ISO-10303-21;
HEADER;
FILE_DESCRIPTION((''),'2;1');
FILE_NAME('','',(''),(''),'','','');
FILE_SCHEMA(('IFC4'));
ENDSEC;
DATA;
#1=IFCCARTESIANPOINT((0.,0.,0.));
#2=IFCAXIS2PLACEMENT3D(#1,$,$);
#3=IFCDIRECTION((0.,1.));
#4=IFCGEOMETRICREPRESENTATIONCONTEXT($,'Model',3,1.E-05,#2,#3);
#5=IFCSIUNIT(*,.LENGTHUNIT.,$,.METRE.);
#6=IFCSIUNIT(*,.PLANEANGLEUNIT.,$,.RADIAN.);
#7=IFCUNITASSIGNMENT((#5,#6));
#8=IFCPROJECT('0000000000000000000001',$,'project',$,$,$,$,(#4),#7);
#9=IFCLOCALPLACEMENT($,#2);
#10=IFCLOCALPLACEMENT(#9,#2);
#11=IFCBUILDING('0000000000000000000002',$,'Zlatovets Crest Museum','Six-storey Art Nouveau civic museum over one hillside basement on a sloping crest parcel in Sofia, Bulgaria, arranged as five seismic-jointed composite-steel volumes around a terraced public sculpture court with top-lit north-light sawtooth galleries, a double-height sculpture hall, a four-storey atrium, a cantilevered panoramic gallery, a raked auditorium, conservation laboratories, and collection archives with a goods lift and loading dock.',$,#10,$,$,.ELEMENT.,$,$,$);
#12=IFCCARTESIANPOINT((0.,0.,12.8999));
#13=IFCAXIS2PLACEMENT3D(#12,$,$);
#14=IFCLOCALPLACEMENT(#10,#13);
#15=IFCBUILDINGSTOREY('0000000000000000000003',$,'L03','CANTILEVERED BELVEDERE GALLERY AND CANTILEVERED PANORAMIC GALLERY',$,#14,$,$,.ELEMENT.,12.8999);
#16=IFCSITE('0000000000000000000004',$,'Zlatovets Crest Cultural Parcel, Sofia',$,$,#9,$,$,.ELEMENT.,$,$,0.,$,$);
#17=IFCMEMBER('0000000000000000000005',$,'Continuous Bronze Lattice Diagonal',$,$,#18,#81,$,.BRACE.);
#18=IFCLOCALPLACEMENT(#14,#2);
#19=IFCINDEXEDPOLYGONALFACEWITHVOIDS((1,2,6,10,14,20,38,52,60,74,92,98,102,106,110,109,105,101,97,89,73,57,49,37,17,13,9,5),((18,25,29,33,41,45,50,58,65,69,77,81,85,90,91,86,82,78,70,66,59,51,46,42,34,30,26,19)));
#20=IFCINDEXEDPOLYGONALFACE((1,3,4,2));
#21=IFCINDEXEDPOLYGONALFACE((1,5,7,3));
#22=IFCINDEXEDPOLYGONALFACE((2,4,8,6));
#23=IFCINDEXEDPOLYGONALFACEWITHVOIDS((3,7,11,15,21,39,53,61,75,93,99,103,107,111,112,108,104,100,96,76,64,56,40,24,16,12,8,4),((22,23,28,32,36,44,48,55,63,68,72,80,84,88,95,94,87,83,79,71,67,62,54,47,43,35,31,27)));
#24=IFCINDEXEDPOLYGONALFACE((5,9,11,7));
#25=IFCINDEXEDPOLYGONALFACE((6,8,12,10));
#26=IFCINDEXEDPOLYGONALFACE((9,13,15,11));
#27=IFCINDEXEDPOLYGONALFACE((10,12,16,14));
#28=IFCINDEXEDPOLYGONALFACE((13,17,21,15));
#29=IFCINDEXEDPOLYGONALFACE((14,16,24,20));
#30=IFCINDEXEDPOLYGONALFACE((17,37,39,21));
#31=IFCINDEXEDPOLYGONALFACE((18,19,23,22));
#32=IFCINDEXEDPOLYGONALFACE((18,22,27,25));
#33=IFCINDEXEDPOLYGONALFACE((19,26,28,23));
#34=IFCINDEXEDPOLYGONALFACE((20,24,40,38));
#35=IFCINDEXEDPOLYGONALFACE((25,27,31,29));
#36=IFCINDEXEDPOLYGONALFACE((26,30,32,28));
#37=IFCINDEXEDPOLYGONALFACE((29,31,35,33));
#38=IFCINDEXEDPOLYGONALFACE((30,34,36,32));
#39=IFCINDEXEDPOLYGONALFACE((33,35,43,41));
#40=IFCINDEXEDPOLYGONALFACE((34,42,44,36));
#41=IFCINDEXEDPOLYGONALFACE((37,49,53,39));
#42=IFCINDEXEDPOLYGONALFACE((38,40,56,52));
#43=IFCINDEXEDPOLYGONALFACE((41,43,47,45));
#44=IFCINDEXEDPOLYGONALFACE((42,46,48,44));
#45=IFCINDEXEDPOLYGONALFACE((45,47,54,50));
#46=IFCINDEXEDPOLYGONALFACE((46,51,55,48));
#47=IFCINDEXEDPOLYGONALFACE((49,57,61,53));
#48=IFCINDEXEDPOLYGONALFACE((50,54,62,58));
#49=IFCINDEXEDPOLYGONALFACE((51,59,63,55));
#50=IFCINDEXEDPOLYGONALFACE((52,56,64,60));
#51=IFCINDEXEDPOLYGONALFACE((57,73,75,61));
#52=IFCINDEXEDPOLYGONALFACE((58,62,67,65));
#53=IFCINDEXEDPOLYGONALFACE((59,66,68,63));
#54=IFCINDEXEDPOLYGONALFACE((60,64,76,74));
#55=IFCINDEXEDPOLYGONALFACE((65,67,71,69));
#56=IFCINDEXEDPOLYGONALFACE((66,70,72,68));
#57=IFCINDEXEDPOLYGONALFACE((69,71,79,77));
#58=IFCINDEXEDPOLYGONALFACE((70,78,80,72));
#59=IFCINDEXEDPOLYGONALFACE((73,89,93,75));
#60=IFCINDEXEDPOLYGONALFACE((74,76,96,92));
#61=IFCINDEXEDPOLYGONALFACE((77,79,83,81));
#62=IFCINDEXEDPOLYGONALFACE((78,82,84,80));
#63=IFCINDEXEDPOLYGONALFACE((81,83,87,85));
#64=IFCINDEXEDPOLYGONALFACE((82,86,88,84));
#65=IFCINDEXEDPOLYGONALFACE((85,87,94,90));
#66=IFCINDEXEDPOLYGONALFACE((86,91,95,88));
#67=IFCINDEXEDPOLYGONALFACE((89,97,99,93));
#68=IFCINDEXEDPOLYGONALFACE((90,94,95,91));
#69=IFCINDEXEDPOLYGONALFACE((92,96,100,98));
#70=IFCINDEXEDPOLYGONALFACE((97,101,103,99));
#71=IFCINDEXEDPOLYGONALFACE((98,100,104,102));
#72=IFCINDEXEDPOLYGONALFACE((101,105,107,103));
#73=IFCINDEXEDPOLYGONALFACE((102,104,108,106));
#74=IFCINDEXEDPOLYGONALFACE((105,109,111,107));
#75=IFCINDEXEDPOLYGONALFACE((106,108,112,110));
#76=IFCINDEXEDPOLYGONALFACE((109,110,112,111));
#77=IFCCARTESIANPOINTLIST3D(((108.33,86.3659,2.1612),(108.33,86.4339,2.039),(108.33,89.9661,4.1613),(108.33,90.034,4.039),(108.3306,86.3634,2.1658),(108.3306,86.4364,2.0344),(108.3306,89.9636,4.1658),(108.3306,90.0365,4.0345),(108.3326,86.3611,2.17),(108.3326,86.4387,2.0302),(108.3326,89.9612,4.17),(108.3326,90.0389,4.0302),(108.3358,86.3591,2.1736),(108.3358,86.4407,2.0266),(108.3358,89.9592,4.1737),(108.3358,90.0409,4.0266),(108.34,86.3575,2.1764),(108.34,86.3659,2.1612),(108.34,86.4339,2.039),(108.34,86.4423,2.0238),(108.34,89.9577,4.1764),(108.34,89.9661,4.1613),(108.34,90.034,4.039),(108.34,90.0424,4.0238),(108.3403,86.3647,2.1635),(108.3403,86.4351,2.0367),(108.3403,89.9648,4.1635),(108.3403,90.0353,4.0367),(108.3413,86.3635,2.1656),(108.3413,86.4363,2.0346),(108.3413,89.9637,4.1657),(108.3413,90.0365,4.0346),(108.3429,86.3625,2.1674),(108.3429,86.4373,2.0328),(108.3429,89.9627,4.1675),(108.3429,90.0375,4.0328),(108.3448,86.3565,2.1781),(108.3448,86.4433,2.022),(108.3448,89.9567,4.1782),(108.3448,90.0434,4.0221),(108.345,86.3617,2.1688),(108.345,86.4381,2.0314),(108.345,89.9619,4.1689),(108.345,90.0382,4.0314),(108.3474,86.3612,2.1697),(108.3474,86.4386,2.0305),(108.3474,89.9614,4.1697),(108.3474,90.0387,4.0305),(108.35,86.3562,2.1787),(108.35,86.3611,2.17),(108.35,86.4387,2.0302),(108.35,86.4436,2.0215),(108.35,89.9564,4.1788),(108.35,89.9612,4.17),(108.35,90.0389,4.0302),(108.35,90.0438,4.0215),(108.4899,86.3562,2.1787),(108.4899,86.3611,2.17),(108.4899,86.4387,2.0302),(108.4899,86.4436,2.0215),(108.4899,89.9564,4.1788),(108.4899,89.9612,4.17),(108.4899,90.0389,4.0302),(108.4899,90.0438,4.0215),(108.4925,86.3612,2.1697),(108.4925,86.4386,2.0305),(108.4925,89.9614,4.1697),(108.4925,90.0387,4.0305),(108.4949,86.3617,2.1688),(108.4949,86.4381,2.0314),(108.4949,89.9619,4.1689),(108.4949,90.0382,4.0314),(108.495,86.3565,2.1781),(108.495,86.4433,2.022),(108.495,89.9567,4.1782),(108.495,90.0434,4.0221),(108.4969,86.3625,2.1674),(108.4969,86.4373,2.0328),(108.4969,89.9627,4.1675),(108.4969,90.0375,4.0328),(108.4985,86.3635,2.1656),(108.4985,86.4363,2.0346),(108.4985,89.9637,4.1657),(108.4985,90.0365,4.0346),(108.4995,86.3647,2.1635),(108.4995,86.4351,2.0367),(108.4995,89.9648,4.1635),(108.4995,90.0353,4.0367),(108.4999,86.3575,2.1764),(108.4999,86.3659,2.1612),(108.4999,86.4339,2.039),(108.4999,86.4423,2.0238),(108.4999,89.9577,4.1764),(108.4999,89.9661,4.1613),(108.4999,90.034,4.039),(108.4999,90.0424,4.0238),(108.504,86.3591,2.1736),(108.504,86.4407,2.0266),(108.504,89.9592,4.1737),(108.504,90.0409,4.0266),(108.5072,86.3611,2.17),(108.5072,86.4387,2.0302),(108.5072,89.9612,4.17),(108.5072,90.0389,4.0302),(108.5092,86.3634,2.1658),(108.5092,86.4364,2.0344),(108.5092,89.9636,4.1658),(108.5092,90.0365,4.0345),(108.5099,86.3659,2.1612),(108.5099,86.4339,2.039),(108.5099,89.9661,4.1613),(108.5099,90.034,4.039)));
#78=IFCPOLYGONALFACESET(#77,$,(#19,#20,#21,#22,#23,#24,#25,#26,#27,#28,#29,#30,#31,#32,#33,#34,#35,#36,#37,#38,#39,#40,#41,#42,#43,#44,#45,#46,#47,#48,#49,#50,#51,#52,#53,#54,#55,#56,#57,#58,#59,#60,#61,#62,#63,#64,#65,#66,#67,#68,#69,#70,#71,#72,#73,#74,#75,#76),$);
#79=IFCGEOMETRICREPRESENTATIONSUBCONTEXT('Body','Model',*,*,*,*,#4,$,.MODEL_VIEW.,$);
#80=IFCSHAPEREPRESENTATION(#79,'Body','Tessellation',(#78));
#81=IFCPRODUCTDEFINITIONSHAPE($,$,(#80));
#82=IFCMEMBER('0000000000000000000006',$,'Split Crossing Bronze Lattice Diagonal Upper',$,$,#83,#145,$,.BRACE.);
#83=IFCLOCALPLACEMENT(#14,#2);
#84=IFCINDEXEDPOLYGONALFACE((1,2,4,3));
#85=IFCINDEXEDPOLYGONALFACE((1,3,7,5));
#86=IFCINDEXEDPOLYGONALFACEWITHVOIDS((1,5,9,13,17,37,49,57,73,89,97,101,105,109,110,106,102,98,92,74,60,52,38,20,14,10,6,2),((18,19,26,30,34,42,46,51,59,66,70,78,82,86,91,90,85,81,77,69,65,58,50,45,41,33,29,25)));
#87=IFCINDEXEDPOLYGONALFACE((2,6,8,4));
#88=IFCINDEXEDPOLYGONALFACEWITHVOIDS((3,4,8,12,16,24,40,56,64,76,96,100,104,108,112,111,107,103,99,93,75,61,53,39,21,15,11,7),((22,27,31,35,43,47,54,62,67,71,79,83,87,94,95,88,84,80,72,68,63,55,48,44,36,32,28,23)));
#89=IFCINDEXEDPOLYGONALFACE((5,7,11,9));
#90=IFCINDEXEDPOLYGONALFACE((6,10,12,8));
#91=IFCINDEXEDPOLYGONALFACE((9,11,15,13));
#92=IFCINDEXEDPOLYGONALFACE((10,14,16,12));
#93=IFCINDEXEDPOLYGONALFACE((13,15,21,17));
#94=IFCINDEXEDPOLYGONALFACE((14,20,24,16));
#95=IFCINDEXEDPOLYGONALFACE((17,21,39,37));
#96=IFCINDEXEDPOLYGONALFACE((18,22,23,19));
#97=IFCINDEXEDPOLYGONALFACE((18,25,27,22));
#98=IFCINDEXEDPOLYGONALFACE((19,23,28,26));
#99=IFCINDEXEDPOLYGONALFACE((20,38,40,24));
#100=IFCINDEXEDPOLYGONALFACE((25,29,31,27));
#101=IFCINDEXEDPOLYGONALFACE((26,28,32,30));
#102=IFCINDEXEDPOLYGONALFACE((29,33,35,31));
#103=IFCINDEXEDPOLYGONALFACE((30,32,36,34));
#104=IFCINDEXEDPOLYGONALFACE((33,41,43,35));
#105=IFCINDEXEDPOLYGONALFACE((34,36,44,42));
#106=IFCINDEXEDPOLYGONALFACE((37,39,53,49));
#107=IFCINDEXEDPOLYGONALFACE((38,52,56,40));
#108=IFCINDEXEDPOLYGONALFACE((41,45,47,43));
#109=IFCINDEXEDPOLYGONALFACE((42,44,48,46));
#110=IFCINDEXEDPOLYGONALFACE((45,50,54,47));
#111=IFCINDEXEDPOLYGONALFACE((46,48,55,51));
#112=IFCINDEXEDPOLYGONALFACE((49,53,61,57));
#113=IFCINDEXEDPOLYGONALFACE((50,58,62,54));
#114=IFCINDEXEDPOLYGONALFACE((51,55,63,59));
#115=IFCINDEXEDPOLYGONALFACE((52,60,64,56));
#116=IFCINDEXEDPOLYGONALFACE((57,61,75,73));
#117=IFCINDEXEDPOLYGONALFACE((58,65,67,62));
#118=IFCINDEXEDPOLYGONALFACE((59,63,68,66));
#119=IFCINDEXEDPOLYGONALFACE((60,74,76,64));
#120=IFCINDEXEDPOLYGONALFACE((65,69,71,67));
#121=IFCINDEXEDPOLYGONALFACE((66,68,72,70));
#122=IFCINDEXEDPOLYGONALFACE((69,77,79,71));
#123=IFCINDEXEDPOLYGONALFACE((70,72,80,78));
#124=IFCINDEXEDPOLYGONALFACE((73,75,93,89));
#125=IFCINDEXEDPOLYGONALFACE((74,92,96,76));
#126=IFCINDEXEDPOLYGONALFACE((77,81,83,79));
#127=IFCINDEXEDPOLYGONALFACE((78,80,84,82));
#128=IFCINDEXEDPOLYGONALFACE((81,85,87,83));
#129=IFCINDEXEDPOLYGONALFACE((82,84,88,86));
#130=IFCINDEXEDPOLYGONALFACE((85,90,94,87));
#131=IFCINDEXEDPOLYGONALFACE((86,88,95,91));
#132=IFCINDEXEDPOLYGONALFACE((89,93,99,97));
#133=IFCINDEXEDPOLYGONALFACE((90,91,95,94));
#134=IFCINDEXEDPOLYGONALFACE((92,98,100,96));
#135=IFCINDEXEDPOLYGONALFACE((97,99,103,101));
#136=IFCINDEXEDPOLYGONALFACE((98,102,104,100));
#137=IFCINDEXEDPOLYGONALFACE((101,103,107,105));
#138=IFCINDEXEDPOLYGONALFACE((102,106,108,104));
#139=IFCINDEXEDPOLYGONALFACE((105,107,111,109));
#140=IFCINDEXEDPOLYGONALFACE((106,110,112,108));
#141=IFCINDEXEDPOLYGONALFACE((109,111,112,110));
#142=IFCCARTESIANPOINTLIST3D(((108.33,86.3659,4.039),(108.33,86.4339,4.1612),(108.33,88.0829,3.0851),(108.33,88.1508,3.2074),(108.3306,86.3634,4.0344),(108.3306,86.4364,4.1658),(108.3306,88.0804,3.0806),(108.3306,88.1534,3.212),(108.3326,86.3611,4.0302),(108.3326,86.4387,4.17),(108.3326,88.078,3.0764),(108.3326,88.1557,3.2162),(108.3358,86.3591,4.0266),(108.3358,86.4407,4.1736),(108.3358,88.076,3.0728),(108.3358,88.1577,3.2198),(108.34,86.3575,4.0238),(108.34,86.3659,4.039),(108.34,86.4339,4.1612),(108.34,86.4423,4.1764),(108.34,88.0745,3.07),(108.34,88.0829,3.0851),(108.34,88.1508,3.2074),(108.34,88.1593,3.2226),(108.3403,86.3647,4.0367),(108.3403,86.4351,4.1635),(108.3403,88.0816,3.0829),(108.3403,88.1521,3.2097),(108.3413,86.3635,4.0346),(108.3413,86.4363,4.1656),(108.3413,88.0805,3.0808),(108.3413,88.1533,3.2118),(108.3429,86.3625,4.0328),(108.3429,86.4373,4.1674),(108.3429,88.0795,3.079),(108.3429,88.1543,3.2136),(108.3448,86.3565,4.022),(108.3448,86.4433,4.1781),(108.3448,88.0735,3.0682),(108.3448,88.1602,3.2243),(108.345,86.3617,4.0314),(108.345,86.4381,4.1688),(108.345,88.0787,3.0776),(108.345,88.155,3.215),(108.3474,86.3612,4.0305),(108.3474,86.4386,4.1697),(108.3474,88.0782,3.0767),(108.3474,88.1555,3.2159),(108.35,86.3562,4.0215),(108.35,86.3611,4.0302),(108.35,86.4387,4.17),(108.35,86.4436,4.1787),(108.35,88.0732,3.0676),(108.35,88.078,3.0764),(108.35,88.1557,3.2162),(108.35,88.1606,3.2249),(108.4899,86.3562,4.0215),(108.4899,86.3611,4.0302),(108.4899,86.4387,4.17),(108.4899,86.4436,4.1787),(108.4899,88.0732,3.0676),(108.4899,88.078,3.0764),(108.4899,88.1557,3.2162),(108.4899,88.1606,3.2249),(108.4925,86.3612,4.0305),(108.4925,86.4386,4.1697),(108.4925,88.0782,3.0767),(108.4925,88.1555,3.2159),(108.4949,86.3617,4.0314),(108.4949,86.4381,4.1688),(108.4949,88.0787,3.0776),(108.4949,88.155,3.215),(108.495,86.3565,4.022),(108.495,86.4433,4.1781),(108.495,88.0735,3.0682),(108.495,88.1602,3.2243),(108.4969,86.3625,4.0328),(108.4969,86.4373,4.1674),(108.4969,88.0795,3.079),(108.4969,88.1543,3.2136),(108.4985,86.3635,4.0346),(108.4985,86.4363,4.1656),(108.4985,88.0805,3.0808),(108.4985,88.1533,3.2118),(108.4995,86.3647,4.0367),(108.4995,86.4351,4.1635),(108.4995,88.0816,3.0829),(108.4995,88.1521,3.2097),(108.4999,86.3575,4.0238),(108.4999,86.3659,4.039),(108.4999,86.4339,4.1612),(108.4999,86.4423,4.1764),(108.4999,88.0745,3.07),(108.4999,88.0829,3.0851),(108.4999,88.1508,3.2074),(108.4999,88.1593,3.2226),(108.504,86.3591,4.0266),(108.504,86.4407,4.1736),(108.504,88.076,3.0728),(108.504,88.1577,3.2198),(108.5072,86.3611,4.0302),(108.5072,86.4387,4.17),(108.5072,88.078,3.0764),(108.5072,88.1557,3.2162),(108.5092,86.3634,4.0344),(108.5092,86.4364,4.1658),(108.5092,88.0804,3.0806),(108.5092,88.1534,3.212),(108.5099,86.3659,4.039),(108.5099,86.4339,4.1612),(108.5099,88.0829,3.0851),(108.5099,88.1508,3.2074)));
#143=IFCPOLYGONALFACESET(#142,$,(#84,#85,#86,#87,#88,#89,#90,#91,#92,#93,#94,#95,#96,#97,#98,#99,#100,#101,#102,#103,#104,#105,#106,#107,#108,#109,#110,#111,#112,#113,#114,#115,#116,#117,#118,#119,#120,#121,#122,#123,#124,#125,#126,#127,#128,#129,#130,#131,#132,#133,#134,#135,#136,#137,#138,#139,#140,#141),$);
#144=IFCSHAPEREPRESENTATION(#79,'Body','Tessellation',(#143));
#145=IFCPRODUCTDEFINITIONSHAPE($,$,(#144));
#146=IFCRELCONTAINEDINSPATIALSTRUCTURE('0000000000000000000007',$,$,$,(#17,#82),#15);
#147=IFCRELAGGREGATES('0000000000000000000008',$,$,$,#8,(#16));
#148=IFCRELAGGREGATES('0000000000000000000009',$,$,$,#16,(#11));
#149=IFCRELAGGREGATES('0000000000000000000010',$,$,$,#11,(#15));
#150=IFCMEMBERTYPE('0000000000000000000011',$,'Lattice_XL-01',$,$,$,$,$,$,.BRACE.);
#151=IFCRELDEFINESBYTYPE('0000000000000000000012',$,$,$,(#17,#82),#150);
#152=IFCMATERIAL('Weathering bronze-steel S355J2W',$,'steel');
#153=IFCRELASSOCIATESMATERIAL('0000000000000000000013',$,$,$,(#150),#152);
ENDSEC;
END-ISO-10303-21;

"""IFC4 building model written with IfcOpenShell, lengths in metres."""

from ifc_helpers import new_model, si_unit, direction, frame, origin, origin_2d, place, context, subcontext, project, spatial, hollow_rectangle, extrude, material, material_profile, profile_set, type_object, element, save


model = new_model("IFC4")

# Units and contexts
model_context = context("Model", 3, precision=1e-05, world=origin(), true_north=direction((0.0, 1.0)))
body_context = subcontext(model_context, "Body", "Model", "MODEL_VIEW")
ifc_project = project(units=[si_unit("LENGTHUNIT", "METRE"), si_unit("PLANEANGLEUNIT", "RADIAN")], contexts=[model_context])

# Site, building, storey
site_placement = place(None, origin())
site = spatial("IfcSite", under=ifc_project, at=site_placement, Name="Zlatovets Crest Cultural Parcel, Sofia", CompositionType="ELEMENT", RefElevation=0.0)
building_placement = place(site_placement, origin())
building = spatial("IfcBuilding", under=site, at=building_placement, Name="Zlatovets Crest Museum", Description="Six-storey Art Nouveau civic museum over one hillside basement on a sloping crest parcel in Sofia, Bulgaria, arranged as five seismic-jointed composite-steel volumes around a terraced public sculpture court with top-lit north-light sawtooth galleries, a double-height sculpture hall, a four-storey atrium, a cantilevered panoramic gallery, a raked auditorium, conservation laboratories, and collection archives with a goods lift and loading dock.", CompositionType="ELEMENT")
storey_placement = place(building_placement, frame((0.0, 0.0, 12.8999)))
storey = spatial("IfcBuildingStorey", under=building, at=storey_placement, Name="L03", Description="CANTILEVERED BELVEDERE GALLERY AND CANTILEVERED PANORAMIC GALLERY", CompositionType="ELEMENT", Elevation=12.8999)

# Members
ifc_material_1 = material(Name="Weathering bronze-steel S355J2W", Category="steel")
ifc_material_profile_1 = material_profile(ifc_material_1, hollow_rectangle(XDim=0.1799, YDim=0.1799, WallThickness=0.01, InnerFilletRadius=0.01, OuterFilletRadius=0.02, at=origin_2d()), Name="SHS 180x180x10.0")
ifc_profile_set_1 = profile_set([ifc_material_profile_1], Name="Weathering bronze-steel S355J2W")
member_type_1 = type_object("IfcMemberType", Name="Lattice_XL-01", PredefinedType="BRACE", material=ifc_profile_set_1)
member_1_placement = place(storey_placement, frame((108.4199, 86.3999, 2.1001), z_axis=(0.0, 0.874163, 0.485633), x_axis=(-1.0, 0.0, 0.0)))
element("IfcMember", 1, at=member_1_placement, inside=storey, type_object=member_type_1, Name="Continuous Bronze Lattice Diagonal", PredefinedType="BRACE", context=body_context, shape_type="SweptSolid", body=[
    extrude(hollow_rectangle(XDim=0.1799, YDim=0.1799, WallThickness=0.01, InnerFilletRadius=0.01, OuterFilletRadius=0.02, at=origin_2d()), origin(), (0.0, 0.0, 1.0), 4.1184),
])
for number, where, z_axis, x_axis, name in (
    (2, (108.4199, 86.3999, 4.1001), (0.0, 0.874169, -0.485622), (-1.0, 0.0, 0.0), "Split Crossing Bronze Lattice Diagonal Upper"),
):
    element("IfcMember", number, at=place(storey_placement, frame(where, z_axis=z_axis, x_axis=x_axis)), inside=storey, type_object=member_type_1, Name=name, PredefinedType="BRACE", context=body_context, shape_type="SweptSolid", body=[
        extrude(hollow_rectangle(XDim=0.1799, YDim=0.1799, WallThickness=0.01, InnerFilletRadius=0.01, OuterFilletRadius=0.02, at=origin_2d()), origin(), (0.0, 0.0, 1.0), 1.9641),
    ])

save(model, "model.ifc")
